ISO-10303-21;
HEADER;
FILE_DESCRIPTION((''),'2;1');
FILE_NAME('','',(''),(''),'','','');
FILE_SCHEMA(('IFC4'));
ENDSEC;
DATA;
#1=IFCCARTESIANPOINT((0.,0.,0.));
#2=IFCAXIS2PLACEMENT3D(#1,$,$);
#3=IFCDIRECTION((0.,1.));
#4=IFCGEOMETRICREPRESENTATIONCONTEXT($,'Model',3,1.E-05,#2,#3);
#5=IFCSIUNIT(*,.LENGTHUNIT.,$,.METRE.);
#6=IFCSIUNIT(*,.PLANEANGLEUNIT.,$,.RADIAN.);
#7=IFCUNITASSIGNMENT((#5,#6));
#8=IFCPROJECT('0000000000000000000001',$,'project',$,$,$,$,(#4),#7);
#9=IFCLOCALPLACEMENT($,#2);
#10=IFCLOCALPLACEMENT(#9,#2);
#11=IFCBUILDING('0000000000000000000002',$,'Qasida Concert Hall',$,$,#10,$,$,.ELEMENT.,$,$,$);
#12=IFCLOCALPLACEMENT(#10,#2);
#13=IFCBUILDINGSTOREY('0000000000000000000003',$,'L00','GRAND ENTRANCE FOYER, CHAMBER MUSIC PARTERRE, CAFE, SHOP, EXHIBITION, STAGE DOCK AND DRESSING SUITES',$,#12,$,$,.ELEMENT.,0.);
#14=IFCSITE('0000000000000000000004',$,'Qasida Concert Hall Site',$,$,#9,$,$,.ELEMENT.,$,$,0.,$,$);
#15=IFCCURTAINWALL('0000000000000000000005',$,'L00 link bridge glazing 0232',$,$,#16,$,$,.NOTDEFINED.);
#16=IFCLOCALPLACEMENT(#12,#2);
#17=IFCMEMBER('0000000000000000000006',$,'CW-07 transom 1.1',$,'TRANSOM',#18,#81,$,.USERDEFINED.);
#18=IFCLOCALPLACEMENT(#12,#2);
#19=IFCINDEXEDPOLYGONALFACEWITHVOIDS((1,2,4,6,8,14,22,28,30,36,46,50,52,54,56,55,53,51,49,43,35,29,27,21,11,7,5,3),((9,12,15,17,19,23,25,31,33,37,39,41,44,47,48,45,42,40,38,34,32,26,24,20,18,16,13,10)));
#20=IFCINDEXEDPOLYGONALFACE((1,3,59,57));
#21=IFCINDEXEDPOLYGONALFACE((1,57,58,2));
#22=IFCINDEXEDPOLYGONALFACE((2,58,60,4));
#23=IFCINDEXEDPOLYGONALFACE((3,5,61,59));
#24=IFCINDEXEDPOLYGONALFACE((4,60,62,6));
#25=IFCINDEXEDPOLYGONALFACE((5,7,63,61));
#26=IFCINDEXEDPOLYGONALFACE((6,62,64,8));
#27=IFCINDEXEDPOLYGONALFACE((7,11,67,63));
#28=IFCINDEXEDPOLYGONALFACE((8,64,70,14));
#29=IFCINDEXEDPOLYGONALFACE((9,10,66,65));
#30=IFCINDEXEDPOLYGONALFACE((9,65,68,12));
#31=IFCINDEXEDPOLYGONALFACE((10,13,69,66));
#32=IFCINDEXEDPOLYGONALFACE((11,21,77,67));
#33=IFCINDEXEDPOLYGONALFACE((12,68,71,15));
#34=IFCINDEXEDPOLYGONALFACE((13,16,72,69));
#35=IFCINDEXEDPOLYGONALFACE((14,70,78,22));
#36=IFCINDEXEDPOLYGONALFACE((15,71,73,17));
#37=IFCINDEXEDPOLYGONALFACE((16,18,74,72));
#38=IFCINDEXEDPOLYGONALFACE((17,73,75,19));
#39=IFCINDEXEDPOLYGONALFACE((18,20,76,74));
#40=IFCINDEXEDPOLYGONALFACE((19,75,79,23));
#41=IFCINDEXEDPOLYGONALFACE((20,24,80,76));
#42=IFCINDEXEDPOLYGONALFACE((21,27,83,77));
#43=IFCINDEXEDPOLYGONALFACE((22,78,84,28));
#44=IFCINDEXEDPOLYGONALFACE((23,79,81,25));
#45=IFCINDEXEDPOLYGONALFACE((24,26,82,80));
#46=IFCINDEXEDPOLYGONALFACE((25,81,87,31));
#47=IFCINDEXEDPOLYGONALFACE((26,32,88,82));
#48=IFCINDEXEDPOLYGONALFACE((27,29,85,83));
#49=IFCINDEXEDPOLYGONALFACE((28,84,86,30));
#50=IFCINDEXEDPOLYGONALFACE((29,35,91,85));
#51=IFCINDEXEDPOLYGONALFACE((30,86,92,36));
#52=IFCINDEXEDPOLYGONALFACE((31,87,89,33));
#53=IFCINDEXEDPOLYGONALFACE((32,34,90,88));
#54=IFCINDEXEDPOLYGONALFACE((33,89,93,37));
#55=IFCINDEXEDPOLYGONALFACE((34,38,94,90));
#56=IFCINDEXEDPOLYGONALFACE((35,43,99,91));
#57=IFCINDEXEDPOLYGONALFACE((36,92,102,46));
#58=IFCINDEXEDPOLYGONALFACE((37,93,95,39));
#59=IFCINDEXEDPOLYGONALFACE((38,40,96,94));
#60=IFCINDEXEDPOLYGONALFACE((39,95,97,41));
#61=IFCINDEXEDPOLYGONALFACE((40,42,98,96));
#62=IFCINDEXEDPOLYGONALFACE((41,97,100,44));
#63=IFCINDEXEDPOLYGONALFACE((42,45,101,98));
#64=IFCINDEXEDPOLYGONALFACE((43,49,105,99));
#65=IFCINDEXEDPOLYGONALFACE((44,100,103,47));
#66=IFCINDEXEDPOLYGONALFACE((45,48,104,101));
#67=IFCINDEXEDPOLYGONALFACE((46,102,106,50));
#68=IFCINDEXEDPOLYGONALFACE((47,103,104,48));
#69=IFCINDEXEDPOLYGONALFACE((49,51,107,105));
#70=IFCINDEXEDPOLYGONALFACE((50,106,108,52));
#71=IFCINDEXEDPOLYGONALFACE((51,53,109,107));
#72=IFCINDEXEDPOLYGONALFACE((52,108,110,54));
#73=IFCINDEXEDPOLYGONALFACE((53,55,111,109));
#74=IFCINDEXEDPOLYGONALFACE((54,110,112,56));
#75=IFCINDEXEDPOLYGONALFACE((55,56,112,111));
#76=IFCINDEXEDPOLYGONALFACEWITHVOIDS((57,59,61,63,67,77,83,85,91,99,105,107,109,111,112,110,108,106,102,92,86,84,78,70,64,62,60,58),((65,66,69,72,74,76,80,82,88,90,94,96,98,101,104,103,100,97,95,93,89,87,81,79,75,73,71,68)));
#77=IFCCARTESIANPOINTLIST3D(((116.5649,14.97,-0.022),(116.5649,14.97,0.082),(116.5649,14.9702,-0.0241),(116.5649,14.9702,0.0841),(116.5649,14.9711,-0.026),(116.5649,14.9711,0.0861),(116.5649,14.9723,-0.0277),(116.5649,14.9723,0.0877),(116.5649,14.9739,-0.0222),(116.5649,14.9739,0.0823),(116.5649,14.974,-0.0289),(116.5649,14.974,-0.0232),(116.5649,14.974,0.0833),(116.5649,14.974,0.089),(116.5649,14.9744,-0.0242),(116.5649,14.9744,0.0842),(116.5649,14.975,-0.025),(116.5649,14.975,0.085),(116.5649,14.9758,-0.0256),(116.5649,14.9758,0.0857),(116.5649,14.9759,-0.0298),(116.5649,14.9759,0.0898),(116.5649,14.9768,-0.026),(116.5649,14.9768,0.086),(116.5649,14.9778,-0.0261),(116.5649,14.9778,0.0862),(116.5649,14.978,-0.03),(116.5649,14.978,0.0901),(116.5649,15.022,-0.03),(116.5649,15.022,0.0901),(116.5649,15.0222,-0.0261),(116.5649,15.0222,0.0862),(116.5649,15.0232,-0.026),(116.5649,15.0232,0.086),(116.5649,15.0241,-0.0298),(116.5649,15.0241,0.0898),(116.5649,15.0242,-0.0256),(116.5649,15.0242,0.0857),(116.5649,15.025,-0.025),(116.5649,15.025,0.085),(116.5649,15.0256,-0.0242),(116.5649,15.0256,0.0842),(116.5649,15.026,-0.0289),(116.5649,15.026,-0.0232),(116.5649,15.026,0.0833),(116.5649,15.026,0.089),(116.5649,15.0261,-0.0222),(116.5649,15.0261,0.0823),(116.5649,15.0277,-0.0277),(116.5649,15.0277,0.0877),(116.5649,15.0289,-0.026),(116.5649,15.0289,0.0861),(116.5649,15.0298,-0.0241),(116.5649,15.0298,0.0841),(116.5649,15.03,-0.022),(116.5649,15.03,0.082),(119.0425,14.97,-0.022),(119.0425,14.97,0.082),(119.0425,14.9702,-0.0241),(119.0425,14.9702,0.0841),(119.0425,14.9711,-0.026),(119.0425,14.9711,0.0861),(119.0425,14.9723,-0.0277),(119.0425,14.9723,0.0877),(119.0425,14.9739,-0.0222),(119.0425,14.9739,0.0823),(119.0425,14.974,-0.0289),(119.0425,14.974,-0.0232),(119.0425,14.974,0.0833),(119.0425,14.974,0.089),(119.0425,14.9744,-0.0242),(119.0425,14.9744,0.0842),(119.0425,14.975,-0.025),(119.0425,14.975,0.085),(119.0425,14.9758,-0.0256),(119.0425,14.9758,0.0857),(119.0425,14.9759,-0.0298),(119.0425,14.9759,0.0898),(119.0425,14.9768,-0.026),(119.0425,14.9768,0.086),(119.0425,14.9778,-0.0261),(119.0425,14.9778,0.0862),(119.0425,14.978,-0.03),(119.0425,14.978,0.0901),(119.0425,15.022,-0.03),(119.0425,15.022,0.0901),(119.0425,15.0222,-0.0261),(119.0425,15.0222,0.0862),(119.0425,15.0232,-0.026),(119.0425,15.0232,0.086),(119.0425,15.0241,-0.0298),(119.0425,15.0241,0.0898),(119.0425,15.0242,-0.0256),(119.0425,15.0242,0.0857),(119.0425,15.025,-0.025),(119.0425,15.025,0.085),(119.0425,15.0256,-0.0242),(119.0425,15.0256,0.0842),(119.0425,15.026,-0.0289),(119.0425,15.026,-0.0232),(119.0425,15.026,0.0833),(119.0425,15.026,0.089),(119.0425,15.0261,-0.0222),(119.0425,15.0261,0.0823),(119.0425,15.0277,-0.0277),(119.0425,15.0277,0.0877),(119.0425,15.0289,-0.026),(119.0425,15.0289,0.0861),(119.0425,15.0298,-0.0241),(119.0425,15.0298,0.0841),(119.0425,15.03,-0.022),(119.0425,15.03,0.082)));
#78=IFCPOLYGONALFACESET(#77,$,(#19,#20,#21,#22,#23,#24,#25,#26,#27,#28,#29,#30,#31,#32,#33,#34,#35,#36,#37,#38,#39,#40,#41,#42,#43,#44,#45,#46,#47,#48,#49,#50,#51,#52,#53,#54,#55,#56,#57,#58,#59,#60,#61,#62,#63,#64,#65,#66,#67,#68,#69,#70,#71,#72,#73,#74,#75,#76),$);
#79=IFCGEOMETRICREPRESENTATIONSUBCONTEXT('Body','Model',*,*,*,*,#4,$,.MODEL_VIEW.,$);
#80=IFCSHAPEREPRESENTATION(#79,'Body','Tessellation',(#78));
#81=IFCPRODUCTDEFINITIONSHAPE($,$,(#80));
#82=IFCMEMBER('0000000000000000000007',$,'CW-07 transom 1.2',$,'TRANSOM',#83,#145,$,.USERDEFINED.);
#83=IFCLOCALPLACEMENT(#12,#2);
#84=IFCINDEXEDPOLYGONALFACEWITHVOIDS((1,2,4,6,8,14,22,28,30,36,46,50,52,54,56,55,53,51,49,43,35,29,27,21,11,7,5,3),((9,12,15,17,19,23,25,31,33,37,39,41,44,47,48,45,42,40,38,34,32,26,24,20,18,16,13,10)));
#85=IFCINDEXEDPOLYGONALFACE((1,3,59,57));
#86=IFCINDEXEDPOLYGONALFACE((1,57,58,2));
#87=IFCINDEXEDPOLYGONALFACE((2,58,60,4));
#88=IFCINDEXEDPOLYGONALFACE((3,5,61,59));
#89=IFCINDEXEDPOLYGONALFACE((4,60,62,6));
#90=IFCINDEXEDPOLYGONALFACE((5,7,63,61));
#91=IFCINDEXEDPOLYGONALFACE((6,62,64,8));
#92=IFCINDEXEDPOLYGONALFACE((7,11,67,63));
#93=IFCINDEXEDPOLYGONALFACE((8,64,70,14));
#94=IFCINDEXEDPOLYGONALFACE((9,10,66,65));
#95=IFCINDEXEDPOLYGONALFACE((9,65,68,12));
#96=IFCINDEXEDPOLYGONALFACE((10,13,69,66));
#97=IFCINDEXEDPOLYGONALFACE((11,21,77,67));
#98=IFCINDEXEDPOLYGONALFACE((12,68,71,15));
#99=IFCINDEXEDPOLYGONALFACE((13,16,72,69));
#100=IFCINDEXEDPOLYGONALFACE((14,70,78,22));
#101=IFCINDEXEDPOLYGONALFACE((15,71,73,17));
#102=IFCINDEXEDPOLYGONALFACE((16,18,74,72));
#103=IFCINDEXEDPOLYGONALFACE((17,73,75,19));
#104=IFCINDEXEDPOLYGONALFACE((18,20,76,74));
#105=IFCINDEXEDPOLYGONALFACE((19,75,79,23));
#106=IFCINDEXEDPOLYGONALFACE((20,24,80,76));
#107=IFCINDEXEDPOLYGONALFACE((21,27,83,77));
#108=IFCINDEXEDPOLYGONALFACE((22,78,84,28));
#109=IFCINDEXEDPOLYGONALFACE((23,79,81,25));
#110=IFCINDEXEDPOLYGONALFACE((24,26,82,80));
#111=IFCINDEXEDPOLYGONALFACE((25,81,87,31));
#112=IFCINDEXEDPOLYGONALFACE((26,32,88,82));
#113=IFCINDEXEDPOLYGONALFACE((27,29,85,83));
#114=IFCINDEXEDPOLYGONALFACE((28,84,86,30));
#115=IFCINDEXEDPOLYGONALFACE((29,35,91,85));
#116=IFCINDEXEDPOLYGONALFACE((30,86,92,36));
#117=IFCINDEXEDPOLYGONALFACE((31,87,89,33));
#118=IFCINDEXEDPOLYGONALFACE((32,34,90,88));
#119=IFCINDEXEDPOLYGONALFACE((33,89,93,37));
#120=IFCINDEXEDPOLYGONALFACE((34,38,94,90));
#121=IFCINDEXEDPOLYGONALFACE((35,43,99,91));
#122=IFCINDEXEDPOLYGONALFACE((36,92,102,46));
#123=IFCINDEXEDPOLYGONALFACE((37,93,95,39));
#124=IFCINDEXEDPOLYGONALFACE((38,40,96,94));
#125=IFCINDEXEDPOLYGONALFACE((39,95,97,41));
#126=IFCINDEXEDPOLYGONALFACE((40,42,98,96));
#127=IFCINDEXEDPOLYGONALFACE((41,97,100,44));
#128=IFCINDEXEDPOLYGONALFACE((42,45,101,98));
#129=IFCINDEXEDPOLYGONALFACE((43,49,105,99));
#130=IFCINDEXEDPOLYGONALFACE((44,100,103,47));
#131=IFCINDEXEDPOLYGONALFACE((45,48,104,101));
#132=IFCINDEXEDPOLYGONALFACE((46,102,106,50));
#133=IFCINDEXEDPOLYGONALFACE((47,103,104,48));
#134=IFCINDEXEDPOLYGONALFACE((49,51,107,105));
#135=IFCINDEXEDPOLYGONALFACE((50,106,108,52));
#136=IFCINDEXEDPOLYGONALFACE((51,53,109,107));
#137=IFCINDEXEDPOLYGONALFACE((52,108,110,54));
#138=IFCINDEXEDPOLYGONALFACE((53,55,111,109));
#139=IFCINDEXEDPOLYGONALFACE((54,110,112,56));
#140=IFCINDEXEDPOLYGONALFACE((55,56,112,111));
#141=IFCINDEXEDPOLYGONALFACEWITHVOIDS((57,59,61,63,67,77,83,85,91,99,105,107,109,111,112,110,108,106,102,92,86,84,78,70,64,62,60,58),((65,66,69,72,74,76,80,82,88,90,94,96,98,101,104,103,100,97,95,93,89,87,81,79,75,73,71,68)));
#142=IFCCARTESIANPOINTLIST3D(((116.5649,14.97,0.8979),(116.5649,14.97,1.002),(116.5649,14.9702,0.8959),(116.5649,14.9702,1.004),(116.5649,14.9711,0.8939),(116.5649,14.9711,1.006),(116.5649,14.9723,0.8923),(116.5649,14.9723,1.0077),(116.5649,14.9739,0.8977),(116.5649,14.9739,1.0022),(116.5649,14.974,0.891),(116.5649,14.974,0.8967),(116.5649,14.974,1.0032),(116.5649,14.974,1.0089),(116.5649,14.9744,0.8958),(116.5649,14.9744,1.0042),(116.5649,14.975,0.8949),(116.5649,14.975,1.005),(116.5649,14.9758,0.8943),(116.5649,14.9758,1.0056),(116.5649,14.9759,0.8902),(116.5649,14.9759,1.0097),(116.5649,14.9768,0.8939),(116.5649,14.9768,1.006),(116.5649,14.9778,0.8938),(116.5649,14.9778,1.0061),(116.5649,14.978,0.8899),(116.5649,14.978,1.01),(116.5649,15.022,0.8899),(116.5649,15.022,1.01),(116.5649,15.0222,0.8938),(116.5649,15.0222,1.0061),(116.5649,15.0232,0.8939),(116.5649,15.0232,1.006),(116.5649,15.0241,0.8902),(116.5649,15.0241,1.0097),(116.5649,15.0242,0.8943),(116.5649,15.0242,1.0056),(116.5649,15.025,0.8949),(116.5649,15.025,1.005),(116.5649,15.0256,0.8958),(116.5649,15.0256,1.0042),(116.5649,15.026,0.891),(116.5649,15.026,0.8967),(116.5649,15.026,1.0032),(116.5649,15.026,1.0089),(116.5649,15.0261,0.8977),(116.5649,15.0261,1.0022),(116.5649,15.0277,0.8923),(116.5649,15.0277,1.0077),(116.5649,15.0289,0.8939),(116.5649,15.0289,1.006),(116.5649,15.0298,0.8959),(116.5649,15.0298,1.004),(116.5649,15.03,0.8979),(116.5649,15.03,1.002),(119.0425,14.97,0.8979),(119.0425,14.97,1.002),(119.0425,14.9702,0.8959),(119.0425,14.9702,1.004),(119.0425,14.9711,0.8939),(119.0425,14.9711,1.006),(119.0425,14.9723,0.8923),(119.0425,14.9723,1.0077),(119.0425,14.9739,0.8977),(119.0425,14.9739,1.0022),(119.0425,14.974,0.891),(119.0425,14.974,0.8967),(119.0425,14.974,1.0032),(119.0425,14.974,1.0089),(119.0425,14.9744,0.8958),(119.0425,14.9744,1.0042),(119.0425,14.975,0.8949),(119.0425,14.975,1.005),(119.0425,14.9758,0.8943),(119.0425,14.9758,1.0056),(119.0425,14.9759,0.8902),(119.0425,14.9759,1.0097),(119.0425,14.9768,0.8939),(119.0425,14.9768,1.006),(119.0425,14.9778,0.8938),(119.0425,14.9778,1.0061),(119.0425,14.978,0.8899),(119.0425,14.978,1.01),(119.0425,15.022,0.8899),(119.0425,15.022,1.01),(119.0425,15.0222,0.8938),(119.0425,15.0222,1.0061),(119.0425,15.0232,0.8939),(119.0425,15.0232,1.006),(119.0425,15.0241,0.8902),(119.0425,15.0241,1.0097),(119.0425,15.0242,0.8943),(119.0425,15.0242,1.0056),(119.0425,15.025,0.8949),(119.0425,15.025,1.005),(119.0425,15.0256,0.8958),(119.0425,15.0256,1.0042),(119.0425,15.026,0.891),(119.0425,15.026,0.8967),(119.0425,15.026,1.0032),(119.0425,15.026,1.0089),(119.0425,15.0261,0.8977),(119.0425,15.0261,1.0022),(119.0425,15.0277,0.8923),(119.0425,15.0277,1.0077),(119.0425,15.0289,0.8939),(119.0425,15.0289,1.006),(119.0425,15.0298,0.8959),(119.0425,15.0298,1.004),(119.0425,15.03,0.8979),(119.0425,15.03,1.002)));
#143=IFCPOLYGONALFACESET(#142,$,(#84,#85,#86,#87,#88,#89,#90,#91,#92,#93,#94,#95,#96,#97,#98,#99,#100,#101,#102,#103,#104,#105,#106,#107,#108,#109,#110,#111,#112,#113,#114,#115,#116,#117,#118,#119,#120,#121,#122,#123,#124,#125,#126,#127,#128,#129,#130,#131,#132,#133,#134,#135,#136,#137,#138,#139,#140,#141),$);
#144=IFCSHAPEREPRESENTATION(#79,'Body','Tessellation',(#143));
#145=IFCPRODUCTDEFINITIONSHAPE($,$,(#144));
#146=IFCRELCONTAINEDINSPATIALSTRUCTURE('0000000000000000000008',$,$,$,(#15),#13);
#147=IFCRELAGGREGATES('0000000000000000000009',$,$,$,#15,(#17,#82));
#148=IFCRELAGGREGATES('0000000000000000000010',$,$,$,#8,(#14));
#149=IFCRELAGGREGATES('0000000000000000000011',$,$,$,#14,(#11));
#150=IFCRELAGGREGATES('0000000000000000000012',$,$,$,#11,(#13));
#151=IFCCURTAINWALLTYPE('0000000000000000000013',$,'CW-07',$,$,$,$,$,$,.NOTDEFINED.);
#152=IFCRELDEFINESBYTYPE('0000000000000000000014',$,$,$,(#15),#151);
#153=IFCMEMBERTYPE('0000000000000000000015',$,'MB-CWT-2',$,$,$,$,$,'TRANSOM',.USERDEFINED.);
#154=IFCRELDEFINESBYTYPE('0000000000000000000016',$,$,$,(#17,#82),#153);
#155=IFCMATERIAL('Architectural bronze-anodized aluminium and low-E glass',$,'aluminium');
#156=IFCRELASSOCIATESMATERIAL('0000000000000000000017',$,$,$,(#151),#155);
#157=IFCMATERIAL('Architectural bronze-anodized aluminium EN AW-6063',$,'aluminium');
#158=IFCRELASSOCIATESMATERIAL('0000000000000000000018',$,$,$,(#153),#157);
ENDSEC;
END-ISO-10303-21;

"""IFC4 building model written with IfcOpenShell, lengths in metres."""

from ifc_helpers import new_model, si_unit, direction, frame, origin, origin_2d, place, context, subcontext, project, spatial, hollow_rectangle, extrude, material, material_profile, profile_set, type_object, element, aggregate, save


model = new_model("IFC4")

# Units and contexts
model_context = context("Model", 3, precision=1e-05, world=origin(), true_north=direction((0.0, 1.0)))
body_context = subcontext(model_context, "Body", "Model", "MODEL_VIEW")
ifc_project = project(units=[si_unit("LENGTHUNIT", "METRE"), si_unit("PLANEANGLEUNIT", "RADIAN")], contexts=[model_context])

# Site, building, storey
site_placement = place(None, origin())
site = spatial("IfcSite", under=ifc_project, at=site_placement, Name="Qasida Concert Hall Site", CompositionType="ELEMENT", RefElevation=0.0)
building_placement = place(site_placement, origin())
building = spatial("IfcBuilding", under=site, at=building_placement, Name="Qasida Concert Hall", CompositionType="ELEMENT")
storey_placement = place(building_placement, origin())
storey = spatial("IfcBuildingStorey", under=building, at=storey_placement, Name="L00", Description="GRAND ENTRANCE FOYER, CHAMBER MUSIC PARTERRE, CAFE, SHOP, EXHIBITION, STAGE DOCK AND DRESSING SUITES", CompositionType="ELEMENT", Elevation=0.0)

# Curtain wall
ifc_material_1 = material(Name="Architectural bronze-anodized aluminium and low-E glass", Category="aluminium")
curtain_wall_type = type_object("IfcCurtainWallType", Name="CW-07", PredefinedType="NOTDEFINED", material=ifc_material_1)
ifc_material_2 = material(Name="Architectural bronze-anodized aluminium EN AW-6063", Category="aluminium")
curtain_wall_1_placement = place(storey_placement, origin())
curtain_wall_1 = element("IfcCurtainWall", 1, at=curtain_wall_1_placement, inside=storey, type_object=curtain_wall_type, Name="L00 link bridge glazing 0232", PredefinedType="NOTDEFINED")

# Members
ifc_material_profile_1 = material_profile(ifc_material_2, hollow_rectangle(XDim=0.0601, YDim=0.1201, WallThickness=0.0039, InnerFilletRadius=0.0039, OuterFilletRadius=0.0081, at=origin_2d()), Name="CWT 120x60x4")
ifc_profile_set_1 = profile_set([ifc_material_profile_1], Name="Architectural bronze-anodized aluminium EN AW-6063")
member_type_1 = type_object("IfcMemberType", Name="MB-CWT-2", ElementType="TRANSOM", PredefinedType="USERDEFINED", material=ifc_profile_set_1)
member_1_placement = place(storey_placement, frame((116.5649, 15.0, 0.03), z_axis=(1.0, 0.0, 0.0), x_axis=(0.0, 1.0, 0.0)))
member_1 = element("IfcMember", 2, at=member_1_placement, type_object=member_type_1, Name="CW-07 transom 1.1", ObjectType="TRANSOM", PredefinedType="USERDEFINED", context=body_context, shape_type="SweptSolid", body=[
    extrude(hollow_rectangle(XDim=0.0601, YDim=0.1201, WallThickness=0.0039, InnerFilletRadius=0.0039, OuterFilletRadius=0.0081, at=origin_2d()), origin(), (0.0, 0.0, 1.0), 2.4775),
])
member_2_placement = place(storey_placement, frame((116.5649, 15.0, 0.95), z_axis=(1.0, 0.0, 0.0), x_axis=(0.0, 1.0, 0.0)))
member_2 = element("IfcMember", 3, at=member_2_placement, type_object=member_type_1, Name="CW-07 transom 1.2", ObjectType="TRANSOM", PredefinedType="USERDEFINED", context=body_context, shape_type="SweptSolid", body=[
    extrude(hollow_rectangle(XDim=0.0601, YDim=0.1201, WallThickness=0.0039, InnerFilletRadius=0.0039, OuterFilletRadius=0.0081, at=origin_2d()), origin(), (0.0, 0.0, 1.0), 2.4775),
])

aggregate(curtain_wall_1, [member_1, member_2])

save(model, "model.ifc")
